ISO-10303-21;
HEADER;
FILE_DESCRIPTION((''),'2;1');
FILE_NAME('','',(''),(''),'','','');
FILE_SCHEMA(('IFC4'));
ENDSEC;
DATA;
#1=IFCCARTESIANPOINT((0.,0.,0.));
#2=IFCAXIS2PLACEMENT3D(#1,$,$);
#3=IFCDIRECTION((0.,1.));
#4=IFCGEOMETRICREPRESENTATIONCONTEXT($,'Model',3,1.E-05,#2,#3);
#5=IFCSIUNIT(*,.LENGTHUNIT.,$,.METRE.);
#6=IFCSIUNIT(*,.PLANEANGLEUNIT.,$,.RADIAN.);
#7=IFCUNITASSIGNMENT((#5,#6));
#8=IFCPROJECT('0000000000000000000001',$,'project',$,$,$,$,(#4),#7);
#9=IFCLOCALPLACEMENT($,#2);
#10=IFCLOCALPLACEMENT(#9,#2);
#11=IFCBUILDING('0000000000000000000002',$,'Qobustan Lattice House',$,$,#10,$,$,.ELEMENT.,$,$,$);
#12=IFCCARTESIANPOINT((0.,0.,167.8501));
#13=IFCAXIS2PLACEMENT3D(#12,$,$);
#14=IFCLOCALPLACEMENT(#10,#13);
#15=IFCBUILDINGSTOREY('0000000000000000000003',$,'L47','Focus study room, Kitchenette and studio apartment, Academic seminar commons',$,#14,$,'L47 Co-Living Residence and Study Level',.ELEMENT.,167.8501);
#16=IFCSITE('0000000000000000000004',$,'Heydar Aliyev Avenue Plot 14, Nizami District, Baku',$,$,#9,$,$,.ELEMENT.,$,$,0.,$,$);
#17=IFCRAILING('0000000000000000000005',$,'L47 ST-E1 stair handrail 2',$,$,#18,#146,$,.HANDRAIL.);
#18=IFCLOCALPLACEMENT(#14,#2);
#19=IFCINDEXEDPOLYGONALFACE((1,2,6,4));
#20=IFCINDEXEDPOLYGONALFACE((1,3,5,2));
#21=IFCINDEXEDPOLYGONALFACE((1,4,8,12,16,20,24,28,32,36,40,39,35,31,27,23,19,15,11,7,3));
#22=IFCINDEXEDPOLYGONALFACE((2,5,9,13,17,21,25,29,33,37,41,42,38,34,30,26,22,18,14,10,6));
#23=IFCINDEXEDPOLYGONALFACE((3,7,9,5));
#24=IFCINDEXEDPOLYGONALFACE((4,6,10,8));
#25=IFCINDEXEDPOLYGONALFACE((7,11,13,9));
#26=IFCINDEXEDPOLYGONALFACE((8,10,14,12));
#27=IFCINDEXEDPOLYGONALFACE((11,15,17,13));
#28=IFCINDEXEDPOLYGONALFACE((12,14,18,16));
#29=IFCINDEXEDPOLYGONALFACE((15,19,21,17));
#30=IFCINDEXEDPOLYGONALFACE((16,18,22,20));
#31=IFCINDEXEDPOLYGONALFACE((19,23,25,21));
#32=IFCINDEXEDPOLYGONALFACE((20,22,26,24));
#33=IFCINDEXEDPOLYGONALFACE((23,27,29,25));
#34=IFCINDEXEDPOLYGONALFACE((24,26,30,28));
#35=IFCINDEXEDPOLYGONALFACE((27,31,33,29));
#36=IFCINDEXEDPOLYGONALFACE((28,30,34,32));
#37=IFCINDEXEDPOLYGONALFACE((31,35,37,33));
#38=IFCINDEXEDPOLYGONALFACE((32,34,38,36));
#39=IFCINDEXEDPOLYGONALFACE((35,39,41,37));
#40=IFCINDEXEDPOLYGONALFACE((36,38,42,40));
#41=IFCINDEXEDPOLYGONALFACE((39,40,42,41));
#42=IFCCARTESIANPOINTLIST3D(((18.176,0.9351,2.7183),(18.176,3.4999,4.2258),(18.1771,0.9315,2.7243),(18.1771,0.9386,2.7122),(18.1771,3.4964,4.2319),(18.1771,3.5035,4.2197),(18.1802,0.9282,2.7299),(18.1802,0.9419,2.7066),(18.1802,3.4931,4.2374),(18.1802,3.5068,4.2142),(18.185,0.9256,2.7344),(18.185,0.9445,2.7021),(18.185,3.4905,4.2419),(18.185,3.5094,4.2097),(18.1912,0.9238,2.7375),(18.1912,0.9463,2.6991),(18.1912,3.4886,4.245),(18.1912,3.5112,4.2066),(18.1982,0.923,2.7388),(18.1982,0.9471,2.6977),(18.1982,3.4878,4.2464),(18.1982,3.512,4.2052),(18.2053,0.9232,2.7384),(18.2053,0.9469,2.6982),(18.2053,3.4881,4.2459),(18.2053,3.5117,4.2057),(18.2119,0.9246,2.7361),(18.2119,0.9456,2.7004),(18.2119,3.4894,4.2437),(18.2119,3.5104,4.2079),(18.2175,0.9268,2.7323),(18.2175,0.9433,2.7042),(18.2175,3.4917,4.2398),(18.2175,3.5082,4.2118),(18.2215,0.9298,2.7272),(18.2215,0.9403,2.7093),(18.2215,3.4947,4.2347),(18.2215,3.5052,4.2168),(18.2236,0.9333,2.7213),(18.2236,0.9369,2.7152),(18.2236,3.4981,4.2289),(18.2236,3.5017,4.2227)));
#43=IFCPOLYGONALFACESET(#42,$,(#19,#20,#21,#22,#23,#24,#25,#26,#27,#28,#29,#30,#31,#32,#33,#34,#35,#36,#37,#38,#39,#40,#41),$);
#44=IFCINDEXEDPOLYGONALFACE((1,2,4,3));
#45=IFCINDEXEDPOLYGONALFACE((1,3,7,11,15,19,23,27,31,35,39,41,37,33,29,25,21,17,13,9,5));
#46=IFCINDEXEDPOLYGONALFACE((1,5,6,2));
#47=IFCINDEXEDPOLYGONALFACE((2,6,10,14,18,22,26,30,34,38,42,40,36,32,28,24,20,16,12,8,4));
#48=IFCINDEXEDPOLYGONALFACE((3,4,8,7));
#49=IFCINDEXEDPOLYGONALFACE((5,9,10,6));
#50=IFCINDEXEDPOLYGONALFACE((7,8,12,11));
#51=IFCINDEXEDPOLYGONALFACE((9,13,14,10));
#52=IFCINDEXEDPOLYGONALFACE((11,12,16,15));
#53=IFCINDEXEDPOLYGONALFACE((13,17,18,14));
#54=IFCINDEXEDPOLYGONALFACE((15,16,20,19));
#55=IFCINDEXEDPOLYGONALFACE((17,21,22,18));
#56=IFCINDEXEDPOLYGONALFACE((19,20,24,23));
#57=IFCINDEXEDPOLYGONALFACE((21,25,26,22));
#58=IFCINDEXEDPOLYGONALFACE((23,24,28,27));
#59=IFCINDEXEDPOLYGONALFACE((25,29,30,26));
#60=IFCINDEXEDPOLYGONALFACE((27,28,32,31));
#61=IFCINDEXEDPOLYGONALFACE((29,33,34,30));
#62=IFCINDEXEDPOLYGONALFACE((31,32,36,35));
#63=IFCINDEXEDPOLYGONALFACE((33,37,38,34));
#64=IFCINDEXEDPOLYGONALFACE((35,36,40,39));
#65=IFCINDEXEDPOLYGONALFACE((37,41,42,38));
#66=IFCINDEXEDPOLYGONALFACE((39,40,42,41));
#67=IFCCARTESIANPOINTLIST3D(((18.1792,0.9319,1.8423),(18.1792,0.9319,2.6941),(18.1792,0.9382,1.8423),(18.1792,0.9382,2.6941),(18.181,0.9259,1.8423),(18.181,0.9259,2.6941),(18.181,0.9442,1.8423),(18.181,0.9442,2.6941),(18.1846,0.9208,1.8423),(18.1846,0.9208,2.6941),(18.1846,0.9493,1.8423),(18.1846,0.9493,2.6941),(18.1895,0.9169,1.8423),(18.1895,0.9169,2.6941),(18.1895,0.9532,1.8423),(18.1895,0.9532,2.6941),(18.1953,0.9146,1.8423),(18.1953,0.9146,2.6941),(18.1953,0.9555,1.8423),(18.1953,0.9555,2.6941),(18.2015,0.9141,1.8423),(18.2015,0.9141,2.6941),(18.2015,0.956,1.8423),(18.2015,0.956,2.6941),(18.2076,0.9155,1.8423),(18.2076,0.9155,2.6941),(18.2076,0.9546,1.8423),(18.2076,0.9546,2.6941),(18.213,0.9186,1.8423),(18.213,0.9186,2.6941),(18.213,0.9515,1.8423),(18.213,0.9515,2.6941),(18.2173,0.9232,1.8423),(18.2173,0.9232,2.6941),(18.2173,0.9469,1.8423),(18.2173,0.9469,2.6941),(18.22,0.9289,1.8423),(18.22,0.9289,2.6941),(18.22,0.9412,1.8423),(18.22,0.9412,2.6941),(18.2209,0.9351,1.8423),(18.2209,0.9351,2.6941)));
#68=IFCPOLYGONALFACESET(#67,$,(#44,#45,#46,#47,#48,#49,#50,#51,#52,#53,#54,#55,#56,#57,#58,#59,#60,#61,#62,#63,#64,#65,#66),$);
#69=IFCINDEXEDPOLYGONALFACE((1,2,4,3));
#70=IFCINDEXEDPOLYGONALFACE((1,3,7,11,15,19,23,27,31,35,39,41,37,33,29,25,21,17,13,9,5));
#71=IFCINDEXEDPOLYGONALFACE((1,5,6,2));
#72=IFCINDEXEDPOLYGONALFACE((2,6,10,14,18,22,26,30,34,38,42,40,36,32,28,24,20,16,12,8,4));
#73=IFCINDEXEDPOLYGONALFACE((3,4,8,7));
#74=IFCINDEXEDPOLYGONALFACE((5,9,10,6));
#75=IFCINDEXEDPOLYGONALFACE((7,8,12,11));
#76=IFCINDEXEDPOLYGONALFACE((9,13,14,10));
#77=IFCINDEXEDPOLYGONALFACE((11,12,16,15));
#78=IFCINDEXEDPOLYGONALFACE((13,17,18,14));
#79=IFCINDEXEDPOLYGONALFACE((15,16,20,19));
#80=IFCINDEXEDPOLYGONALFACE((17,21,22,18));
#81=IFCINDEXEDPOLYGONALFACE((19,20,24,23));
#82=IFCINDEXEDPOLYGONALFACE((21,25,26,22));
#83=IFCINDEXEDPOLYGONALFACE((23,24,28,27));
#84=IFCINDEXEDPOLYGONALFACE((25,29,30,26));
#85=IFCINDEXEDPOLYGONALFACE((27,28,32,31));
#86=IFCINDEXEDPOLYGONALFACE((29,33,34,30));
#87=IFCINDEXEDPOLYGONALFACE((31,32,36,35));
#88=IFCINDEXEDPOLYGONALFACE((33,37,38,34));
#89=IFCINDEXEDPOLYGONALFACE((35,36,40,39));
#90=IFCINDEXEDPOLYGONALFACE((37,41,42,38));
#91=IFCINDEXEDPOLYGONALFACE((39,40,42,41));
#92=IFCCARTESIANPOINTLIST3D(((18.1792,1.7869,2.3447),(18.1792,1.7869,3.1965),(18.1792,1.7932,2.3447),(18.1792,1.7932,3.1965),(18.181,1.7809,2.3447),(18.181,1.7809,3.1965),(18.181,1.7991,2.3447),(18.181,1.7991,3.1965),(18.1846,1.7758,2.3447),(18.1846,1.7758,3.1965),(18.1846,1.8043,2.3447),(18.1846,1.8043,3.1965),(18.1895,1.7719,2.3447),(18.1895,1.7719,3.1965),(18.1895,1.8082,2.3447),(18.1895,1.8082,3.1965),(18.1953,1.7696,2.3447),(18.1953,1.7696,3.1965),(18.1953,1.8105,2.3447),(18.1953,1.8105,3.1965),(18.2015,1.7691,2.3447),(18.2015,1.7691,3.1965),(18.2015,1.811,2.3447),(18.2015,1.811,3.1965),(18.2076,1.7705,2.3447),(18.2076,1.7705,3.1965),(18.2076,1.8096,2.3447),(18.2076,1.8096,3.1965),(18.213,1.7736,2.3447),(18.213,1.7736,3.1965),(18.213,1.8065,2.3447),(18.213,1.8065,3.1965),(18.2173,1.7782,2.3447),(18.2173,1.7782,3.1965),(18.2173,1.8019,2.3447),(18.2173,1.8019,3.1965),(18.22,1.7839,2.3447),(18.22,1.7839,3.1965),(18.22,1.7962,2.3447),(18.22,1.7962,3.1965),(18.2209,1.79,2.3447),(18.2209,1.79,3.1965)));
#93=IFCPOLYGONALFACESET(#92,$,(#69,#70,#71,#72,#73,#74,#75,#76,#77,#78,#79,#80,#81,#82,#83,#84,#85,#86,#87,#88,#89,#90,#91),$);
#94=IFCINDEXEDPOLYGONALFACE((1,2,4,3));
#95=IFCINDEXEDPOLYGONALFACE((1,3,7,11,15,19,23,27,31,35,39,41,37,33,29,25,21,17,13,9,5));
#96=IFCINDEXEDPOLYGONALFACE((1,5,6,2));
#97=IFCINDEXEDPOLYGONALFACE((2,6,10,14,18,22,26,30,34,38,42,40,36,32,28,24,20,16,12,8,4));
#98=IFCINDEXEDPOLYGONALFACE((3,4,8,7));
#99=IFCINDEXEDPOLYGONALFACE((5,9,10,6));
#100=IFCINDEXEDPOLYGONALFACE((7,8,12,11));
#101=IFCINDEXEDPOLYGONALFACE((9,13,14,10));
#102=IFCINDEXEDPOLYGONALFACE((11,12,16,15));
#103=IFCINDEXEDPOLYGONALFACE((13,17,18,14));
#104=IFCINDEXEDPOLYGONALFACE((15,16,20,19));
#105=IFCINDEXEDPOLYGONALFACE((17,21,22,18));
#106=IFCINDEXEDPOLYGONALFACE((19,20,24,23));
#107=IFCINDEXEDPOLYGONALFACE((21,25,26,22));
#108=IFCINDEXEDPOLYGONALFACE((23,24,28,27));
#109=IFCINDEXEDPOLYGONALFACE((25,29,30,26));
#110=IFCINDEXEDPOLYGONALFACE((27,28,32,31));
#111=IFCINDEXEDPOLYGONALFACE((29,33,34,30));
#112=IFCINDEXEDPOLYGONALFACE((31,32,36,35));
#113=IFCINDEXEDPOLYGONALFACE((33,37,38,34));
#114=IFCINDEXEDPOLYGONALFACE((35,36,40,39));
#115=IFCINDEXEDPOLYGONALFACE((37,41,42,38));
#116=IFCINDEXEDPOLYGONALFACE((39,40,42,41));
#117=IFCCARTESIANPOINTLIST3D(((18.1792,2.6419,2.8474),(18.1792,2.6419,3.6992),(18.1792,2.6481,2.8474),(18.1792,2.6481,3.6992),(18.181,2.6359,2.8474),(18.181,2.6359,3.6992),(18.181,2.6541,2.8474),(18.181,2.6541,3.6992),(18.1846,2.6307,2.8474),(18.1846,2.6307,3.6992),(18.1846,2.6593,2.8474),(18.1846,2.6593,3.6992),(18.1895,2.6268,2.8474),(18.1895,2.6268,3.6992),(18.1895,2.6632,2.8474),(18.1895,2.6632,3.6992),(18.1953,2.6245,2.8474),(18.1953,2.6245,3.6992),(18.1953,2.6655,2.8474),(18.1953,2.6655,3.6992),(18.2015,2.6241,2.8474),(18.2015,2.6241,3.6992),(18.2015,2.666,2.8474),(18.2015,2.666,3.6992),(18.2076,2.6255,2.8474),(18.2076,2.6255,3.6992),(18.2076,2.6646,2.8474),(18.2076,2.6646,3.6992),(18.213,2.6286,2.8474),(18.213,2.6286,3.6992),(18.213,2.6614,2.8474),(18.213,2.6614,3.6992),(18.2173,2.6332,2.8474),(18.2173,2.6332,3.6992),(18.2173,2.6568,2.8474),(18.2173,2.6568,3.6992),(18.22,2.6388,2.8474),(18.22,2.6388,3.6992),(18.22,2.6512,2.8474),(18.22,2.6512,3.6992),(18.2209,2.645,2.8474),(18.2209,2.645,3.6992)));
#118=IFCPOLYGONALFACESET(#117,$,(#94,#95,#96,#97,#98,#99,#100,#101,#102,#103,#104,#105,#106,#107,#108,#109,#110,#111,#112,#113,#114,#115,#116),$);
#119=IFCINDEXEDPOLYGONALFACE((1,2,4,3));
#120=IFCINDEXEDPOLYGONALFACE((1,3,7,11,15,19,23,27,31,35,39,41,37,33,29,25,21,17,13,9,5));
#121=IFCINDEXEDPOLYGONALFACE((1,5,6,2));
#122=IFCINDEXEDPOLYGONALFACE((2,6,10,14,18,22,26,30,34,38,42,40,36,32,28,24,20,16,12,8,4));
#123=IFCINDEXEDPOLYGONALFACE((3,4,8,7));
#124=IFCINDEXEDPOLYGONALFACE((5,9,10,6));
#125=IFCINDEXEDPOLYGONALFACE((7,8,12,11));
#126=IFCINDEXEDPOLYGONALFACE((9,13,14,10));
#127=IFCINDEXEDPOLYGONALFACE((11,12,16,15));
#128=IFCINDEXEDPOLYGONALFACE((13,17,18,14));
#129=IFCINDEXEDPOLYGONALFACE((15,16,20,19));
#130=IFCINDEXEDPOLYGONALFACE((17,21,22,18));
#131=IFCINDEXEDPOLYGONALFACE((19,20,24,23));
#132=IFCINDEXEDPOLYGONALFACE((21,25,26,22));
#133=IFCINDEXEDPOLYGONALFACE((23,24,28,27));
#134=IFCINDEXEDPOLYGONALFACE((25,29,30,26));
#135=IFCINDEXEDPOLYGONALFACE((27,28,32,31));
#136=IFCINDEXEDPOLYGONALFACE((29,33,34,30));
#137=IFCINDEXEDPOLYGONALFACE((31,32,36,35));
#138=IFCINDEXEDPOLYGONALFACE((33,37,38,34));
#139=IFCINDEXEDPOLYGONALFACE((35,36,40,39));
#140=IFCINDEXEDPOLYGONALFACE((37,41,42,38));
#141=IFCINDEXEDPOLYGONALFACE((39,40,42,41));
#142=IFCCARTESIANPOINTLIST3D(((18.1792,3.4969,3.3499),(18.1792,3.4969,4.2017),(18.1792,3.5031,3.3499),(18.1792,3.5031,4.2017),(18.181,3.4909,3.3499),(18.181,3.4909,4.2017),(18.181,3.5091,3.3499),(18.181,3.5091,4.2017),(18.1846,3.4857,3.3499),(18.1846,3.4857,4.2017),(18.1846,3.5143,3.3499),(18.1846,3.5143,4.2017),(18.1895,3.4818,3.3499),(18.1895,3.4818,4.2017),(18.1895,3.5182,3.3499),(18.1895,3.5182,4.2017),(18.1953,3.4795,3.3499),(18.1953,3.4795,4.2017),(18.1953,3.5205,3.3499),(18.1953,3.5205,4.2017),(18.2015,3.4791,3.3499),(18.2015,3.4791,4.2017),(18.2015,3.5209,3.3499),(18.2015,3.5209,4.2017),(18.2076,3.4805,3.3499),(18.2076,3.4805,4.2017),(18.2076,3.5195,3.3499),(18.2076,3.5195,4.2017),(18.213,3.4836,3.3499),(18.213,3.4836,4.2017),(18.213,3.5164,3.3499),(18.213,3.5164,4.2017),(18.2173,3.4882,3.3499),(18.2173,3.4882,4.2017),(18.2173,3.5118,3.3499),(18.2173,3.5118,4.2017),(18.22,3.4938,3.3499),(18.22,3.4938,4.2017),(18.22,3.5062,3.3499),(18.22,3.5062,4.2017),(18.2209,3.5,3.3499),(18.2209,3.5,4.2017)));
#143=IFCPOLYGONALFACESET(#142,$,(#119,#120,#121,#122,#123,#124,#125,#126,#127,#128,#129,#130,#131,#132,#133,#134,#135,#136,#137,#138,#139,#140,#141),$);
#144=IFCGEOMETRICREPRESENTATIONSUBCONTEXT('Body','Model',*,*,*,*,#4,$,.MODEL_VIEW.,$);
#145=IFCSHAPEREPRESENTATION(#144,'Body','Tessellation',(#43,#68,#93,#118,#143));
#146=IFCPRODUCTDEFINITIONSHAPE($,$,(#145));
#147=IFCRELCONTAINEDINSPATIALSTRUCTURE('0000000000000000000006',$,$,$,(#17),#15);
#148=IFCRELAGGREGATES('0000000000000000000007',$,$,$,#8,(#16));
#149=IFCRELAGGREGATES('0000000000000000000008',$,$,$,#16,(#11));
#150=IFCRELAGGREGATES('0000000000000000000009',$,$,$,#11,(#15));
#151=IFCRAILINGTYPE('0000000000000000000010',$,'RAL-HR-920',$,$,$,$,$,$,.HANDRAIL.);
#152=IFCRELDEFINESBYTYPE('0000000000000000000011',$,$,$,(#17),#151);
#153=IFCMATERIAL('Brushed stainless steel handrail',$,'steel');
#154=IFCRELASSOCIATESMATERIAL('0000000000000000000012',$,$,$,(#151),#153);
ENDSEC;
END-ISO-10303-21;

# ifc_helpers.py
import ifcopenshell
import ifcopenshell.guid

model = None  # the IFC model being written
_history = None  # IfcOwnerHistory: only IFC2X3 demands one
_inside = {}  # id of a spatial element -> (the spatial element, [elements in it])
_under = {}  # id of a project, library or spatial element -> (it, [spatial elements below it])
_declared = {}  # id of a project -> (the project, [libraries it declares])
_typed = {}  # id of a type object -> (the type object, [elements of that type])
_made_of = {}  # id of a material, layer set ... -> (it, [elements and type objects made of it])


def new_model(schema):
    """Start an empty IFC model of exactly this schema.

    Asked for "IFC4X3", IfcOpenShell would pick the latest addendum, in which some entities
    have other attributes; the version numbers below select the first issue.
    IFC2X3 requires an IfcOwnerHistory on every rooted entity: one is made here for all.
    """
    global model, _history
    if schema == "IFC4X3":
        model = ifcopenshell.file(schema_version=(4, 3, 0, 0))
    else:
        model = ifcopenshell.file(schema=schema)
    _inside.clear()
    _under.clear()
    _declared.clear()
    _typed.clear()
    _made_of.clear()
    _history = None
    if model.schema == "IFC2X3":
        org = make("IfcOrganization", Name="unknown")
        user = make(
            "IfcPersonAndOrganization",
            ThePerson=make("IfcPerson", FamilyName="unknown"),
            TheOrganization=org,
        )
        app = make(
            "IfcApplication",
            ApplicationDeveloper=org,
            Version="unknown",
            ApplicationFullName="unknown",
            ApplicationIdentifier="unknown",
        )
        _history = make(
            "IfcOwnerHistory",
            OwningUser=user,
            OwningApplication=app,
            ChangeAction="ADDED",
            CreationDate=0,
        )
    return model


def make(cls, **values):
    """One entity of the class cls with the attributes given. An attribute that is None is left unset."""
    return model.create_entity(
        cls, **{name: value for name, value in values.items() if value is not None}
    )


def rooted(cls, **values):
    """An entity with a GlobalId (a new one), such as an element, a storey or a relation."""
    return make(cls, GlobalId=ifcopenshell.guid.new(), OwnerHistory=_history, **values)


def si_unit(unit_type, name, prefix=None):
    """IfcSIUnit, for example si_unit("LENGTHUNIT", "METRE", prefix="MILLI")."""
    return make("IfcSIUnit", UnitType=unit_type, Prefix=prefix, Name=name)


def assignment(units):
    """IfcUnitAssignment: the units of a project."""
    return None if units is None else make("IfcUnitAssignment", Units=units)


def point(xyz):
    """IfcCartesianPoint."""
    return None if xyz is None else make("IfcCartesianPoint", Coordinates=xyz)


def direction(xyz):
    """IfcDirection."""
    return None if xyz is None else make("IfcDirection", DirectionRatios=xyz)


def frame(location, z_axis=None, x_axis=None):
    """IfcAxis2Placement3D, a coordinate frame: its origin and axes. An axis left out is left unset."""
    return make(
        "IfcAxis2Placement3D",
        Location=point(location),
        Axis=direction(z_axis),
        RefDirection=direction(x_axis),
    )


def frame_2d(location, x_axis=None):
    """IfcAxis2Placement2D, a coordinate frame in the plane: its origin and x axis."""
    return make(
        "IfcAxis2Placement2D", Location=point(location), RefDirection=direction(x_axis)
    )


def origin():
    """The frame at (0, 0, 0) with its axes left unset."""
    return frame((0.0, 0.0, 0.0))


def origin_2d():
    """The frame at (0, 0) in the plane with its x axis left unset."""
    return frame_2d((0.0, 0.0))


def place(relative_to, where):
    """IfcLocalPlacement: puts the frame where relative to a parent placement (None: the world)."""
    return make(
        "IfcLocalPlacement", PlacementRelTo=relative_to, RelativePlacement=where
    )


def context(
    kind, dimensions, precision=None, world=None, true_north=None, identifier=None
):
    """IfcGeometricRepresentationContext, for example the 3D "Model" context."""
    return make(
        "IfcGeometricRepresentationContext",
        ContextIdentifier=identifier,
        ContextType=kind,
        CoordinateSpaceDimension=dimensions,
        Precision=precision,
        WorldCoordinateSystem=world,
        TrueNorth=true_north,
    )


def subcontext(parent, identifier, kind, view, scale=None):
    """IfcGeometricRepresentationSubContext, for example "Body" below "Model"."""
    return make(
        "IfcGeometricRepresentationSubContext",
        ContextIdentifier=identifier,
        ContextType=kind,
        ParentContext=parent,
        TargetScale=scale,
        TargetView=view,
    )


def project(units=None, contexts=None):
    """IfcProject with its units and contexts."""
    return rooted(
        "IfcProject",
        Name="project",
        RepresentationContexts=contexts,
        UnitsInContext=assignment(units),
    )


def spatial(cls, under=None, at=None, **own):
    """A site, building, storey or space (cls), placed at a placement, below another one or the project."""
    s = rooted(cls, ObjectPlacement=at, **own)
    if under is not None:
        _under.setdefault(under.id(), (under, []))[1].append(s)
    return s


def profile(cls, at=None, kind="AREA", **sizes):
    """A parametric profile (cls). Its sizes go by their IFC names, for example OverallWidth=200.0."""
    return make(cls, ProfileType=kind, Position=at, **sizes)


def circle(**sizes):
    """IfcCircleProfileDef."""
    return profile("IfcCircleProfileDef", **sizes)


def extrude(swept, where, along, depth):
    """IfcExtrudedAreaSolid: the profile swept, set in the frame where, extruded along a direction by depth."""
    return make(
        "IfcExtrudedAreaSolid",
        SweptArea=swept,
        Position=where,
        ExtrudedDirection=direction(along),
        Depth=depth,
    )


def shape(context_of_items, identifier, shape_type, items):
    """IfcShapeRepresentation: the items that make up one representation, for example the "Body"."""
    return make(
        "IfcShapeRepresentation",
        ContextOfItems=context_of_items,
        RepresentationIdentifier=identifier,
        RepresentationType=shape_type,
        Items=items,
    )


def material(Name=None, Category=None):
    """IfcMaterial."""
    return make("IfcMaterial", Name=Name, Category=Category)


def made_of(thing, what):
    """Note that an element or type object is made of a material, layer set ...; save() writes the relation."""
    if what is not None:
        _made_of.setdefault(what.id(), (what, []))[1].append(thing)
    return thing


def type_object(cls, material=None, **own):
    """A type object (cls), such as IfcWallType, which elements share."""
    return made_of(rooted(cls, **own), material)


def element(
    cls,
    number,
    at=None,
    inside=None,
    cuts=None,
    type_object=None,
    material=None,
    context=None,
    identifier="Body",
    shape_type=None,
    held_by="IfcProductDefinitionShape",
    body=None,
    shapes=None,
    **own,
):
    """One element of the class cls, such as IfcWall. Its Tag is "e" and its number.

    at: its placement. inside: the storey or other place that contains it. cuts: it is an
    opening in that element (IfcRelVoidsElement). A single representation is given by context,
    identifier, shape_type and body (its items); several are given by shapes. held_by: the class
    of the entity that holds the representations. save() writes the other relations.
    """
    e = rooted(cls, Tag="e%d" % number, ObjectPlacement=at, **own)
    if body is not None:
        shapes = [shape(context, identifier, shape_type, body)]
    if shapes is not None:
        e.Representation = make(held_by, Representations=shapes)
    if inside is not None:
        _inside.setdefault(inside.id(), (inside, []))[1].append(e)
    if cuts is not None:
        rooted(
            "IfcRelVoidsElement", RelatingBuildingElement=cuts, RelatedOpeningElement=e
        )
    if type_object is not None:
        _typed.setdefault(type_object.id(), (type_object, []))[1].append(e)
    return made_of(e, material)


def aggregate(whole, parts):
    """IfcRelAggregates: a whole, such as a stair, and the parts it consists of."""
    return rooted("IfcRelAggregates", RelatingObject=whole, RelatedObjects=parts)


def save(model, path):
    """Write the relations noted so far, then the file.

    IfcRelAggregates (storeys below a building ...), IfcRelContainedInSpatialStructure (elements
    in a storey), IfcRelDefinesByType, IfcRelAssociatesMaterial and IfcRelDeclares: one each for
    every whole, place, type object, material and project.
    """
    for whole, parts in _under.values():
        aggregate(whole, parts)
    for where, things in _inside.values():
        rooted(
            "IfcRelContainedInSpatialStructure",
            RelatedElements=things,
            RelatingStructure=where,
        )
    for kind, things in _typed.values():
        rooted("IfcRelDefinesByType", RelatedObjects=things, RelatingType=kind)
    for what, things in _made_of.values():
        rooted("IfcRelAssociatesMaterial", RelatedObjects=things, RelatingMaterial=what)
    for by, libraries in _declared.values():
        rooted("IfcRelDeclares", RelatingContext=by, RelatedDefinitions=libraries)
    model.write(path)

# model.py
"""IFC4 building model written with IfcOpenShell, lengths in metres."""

from ifc_helpers import new_model, si_unit, direction, frame, origin, origin_2d, place, context, subcontext, project, spatial, circle, extrude, material, type_object, element, save


model = new_model("IFC4")

# Units and contexts
model_context = context("Model", 3, precision=1e-05, world=origin(), true_north=direction((0.0, 1.0)))
body_context = subcontext(model_context, "Body", "Model", "MODEL_VIEW")
ifc_project = project(units=[si_unit("LENGTHUNIT", "METRE"), si_unit("PLANEANGLEUNIT", "RADIAN")], contexts=[model_context])

# Site, building, storey
site_placement = place(None, origin())
site = spatial("IfcSite", under=ifc_project, at=site_placement, Name="Heydar Aliyev Avenue Plot 14, Nizami District, Baku", CompositionType="ELEMENT", RefElevation=0.0)
building_placement = place(site_placement, origin())
building = spatial("IfcBuilding", under=site, at=building_placement, Name="Qobustan Lattice House", CompositionType="ELEMENT")
storey_placement = place(building_placement, frame((0.0, 0.0, 167.8501)))
storey = spatial("IfcBuildingStorey", under=building, at=storey_placement, Name="L47", Description="Focus study room, Kitchenette and studio apartment, Academic seminar commons", LongName="L47 Co-Living Residence and Study Level", CompositionType="ELEMENT", Elevation=167.8501)

# Railing
ifc_material_1 = material(Name="Brushed stainless steel handrail", Category="steel")
railing_type_1 = type_object("IfcRailingType", Name="RAL-HR-920", PredefinedType="HANDRAIL", material=ifc_material_1)
railing_1_placement = place(storey_placement, frame((18.2, 0.9351, 1.8423)))
element("IfcRailing", 1, at=railing_1_placement, inside=storey, type_object=railing_type_1, Name="L47 ST-E1 stair handrail 2", PredefinedType="HANDRAIL", context=body_context, shape_type="SweptSolid", body=[
    extrude(circle(Radius=0.0239, at=origin_2d()), frame((0.0, 0.0, 0.876), z_axis=(0.0, 0.862113, 0.506715), x_axis=(-1.0, 0.0, 0.0)), (0.0, 0.0, 1.0), 2.9751),
    extrude(circle(Radius=0.021, at=origin_2d()), origin(), (0.0, 0.0, 1.0), 0.8518),
    extrude(circle(Radius=0.021, at=origin_2d()), frame((0.0, 0.855, 0.5024)), (0.0, 0.0, 1.0), 0.8518),
    extrude(circle(Radius=0.021, at=origin_2d()), frame((0.0, 1.71, 1.0051)), (0.0, 0.0, 1.0), 0.8518),
    extrude(circle(Radius=0.021, at=origin_2d()), frame((0.0, 2.5649, 1.5076)), (0.0, 0.0, 1.0), 0.8518),
])

save(model, "model.ifc")
